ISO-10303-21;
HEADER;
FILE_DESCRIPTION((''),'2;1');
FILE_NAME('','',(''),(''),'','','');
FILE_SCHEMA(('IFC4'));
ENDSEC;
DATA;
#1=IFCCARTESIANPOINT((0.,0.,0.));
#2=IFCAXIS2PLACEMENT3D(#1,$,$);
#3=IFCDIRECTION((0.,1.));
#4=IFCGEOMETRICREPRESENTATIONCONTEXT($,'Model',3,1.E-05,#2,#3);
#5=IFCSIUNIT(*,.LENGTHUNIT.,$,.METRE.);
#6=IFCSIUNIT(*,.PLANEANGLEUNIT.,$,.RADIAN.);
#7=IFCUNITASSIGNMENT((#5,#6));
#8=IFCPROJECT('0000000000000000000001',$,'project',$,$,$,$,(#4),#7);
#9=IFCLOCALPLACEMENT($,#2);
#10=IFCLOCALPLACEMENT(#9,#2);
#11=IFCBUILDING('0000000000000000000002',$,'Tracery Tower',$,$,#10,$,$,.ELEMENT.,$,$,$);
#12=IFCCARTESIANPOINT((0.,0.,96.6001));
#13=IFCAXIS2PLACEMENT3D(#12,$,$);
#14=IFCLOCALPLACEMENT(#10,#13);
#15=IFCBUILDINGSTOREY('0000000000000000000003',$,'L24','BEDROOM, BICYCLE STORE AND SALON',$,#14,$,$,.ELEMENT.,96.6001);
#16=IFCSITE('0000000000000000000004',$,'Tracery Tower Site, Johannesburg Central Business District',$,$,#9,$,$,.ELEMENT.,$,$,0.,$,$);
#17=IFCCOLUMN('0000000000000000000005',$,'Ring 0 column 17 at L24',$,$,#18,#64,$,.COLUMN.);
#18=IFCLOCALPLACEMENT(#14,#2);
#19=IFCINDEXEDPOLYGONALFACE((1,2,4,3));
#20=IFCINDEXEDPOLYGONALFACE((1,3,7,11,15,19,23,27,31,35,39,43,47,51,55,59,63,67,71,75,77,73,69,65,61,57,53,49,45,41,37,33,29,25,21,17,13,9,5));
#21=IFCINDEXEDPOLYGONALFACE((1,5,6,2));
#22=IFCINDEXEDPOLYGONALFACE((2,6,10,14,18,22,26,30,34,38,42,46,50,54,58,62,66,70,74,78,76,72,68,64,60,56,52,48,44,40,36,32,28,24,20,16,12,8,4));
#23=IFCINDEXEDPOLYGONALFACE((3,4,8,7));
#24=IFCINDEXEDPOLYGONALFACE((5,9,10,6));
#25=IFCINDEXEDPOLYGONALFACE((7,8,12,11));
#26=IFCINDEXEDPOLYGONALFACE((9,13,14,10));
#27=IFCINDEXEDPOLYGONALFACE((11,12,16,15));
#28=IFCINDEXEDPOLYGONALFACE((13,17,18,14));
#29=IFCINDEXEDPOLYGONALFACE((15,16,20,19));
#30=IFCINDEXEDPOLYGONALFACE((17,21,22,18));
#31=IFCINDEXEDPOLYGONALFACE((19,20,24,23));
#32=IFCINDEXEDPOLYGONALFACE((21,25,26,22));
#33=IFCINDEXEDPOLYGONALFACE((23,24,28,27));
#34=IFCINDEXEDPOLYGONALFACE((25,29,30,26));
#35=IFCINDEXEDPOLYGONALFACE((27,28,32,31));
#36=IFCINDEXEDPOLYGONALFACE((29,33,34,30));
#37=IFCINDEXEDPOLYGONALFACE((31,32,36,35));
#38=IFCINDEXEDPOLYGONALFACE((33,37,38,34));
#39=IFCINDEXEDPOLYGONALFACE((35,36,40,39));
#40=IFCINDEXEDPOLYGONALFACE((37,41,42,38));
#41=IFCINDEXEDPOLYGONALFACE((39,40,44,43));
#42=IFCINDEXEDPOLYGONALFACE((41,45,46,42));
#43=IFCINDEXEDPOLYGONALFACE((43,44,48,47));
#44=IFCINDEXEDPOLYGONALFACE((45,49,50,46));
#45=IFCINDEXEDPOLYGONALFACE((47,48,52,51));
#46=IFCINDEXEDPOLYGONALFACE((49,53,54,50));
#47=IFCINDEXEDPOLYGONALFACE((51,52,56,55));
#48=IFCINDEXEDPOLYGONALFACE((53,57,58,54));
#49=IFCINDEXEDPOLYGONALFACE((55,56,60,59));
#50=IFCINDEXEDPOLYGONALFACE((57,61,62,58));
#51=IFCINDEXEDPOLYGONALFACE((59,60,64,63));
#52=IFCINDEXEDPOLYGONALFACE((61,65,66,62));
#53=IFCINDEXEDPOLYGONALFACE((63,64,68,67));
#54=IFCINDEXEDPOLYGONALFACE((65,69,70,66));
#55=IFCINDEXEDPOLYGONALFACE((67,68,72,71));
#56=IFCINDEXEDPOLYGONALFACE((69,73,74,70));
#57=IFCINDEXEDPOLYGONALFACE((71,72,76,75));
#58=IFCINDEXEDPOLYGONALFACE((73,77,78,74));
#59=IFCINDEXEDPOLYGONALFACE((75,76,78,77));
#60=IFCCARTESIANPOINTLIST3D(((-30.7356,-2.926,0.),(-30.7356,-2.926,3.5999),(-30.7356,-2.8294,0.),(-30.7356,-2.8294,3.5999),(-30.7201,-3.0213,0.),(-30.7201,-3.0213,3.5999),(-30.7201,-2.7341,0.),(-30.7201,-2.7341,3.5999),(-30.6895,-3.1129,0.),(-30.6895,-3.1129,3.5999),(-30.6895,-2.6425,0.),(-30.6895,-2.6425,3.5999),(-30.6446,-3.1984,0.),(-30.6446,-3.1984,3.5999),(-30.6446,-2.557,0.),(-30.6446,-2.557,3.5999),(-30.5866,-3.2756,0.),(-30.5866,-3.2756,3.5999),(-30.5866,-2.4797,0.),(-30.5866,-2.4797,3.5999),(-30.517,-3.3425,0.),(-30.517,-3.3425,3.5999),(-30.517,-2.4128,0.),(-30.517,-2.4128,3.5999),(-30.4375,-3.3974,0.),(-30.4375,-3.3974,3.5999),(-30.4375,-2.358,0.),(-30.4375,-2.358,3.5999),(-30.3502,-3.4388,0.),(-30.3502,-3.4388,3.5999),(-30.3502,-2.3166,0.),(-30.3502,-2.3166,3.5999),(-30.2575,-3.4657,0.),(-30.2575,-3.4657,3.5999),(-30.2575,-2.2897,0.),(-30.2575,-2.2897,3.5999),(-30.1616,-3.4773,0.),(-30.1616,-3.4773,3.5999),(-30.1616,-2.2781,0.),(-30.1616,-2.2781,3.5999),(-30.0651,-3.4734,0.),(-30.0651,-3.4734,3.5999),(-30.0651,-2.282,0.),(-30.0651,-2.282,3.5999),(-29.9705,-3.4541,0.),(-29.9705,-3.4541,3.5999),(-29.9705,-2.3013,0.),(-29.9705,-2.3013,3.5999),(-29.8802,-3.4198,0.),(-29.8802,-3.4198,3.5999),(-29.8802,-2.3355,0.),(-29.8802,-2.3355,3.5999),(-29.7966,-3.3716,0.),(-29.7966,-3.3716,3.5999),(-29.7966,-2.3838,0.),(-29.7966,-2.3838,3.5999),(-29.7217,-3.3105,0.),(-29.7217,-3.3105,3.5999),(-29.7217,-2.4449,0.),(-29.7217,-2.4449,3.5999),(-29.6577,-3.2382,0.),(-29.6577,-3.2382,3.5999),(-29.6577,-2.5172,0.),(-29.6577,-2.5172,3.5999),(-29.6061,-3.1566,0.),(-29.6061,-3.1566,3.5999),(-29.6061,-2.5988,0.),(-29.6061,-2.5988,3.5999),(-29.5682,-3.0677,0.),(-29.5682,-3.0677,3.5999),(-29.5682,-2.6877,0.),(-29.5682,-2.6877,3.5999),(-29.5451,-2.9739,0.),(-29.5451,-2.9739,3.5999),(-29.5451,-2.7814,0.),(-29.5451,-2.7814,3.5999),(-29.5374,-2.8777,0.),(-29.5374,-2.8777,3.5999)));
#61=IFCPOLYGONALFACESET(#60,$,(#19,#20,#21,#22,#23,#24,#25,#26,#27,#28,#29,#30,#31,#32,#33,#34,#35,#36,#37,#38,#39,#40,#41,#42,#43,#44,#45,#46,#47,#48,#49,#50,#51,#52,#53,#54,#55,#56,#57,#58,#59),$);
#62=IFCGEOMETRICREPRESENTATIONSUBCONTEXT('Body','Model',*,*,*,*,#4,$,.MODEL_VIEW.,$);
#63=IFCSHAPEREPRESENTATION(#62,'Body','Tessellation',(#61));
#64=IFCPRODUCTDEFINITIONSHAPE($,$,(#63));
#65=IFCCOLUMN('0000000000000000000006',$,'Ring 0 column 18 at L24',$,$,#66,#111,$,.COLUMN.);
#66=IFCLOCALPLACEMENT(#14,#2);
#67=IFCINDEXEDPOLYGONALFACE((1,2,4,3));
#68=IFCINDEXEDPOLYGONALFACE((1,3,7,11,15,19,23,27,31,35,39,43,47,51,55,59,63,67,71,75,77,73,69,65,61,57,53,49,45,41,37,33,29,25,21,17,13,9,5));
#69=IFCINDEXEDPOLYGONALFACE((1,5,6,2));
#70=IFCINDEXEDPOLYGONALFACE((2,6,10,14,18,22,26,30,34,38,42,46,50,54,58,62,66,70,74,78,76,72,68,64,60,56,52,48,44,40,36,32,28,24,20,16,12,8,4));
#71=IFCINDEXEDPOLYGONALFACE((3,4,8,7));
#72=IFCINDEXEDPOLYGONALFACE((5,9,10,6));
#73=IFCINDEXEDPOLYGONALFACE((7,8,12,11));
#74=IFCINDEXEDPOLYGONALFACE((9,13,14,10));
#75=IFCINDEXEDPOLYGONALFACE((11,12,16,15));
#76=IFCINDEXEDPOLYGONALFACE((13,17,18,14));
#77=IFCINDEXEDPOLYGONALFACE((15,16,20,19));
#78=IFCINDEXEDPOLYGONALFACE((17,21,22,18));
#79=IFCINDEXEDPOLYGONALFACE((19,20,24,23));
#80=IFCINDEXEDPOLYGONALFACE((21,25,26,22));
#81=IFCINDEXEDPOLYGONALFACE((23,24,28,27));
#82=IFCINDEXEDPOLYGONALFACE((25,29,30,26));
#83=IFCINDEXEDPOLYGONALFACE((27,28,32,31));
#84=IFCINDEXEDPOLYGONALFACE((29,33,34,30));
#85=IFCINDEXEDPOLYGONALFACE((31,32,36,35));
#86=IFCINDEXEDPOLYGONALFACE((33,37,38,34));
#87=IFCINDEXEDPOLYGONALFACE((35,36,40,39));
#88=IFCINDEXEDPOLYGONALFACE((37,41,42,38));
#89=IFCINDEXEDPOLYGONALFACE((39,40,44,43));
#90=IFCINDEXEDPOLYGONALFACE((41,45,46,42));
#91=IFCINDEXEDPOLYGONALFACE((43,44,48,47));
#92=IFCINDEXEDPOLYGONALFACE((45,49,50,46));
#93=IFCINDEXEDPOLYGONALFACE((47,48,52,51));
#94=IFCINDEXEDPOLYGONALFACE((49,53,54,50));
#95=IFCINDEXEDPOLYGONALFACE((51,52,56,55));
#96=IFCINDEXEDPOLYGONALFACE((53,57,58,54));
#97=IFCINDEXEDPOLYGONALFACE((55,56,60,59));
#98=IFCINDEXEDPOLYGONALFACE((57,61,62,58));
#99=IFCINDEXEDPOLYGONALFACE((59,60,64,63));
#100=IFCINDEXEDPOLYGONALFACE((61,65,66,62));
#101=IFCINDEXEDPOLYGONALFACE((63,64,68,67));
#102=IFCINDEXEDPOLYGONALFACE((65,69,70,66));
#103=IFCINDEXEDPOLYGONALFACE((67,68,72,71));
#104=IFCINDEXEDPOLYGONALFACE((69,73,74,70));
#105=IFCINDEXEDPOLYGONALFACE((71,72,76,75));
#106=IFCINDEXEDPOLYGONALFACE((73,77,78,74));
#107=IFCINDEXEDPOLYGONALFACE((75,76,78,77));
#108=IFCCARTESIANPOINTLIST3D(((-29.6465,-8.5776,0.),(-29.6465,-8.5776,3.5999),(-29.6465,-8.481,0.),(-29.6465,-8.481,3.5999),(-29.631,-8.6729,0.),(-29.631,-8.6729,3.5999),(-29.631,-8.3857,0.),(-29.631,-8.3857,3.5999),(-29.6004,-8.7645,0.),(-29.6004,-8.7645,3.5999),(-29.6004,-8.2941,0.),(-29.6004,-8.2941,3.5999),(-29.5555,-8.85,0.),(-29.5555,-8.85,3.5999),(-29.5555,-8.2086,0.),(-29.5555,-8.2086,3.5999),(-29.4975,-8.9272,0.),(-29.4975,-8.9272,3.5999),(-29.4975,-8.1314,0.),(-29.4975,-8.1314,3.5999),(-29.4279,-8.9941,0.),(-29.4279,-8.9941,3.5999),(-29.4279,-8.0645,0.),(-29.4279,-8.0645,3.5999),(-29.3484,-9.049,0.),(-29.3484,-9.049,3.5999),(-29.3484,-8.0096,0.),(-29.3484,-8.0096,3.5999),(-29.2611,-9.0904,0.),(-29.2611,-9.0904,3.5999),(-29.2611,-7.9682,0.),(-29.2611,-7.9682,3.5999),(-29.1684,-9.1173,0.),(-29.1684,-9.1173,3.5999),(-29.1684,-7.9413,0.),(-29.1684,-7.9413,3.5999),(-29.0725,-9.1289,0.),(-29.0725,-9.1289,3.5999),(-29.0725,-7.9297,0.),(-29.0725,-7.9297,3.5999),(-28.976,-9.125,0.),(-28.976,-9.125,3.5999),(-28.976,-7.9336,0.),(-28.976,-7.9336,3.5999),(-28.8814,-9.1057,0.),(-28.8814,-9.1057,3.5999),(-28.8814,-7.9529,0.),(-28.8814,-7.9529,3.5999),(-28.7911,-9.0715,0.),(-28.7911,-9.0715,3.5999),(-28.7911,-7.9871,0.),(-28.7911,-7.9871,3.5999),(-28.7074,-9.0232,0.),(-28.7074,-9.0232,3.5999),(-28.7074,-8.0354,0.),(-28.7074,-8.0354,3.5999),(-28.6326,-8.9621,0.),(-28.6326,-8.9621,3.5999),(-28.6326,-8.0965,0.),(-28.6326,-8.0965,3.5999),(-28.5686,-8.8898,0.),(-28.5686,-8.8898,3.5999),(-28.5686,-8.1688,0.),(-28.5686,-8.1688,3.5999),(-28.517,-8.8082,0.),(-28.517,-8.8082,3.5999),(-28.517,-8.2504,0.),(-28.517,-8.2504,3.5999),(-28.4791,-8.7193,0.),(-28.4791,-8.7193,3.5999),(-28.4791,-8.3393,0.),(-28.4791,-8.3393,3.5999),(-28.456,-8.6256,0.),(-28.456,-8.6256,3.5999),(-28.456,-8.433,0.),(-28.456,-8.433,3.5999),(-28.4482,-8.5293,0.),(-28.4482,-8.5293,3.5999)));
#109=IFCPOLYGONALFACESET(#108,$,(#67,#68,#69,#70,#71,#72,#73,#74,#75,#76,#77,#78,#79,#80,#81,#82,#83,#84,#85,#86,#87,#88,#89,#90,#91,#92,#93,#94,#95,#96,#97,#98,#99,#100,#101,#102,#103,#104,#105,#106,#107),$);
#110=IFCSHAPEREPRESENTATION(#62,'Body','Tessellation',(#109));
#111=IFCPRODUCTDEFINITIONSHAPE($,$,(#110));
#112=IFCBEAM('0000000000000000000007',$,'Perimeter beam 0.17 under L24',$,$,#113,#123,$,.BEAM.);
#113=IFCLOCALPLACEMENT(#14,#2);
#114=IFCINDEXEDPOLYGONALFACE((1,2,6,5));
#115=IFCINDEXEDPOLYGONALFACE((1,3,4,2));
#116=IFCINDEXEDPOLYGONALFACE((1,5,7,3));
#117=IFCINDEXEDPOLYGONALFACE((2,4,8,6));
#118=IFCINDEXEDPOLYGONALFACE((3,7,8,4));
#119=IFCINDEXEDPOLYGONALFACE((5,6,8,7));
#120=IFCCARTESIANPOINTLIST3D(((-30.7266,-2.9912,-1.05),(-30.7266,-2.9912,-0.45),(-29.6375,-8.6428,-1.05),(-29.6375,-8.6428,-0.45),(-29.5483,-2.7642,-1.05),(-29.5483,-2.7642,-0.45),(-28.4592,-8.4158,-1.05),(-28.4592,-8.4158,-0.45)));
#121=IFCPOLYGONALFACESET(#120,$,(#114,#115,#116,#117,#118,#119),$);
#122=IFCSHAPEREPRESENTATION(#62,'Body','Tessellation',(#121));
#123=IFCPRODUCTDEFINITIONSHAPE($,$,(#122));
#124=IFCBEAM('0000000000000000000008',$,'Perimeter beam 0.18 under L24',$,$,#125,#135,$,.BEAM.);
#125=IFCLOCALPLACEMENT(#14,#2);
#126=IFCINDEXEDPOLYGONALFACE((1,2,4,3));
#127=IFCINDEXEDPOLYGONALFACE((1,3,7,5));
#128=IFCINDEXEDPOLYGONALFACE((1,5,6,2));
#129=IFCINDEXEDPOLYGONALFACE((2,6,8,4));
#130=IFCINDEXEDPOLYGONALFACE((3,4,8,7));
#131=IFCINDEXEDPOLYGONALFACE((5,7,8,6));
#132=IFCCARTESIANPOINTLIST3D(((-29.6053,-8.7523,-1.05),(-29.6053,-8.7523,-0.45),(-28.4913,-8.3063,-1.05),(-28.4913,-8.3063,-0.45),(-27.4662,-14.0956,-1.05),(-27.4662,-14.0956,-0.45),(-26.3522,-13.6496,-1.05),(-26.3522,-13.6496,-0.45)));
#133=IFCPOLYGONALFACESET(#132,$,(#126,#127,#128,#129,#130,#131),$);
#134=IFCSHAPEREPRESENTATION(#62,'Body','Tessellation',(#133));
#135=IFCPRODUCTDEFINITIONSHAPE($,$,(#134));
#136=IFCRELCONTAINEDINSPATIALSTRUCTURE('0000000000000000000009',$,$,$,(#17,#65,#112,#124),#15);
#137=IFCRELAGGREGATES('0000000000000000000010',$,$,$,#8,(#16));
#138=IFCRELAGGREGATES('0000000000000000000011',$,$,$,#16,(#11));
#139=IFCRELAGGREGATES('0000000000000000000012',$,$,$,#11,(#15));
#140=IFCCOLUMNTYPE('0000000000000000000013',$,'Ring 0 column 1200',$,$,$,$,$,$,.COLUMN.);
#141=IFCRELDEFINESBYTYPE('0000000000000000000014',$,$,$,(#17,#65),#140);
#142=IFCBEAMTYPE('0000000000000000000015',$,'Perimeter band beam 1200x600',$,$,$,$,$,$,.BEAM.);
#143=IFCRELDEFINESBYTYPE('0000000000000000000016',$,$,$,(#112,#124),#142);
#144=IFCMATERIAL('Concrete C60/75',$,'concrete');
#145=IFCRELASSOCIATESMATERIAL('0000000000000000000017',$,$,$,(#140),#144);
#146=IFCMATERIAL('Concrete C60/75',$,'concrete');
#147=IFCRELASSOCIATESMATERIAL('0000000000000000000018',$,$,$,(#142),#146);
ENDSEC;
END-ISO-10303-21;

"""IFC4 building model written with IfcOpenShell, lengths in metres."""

from ifc_helpers import new_model, si_unit, direction, frame, origin, origin_2d, place, context, subcontext, project, spatial, rectangle, circle, extrude, material, material_profile, profile_set, type_object, element, save


model = new_model("IFC4")

# Units and contexts
model_context = context("Model", 3, precision=1e-05, world=origin(), true_north=direction((0.0, 1.0)))
body_context = subcontext(model_context, "Body", "Model", "MODEL_VIEW")
ifc_project = project(units=[si_unit("LENGTHUNIT", "METRE"), si_unit("PLANEANGLEUNIT", "RADIAN")], contexts=[model_context])

# Site, building, storey
site_placement = place(None, origin())
site = spatial("IfcSite", under=ifc_project, at=site_placement, Name="Tracery Tower Site, Johannesburg Central Business District", CompositionType="ELEMENT", RefElevation=0.0)
building_placement = place(site_placement, origin())
building = spatial("IfcBuilding", under=site, at=building_placement, Name="Tracery Tower", CompositionType="ELEMENT")
storey_placement = place(building_placement, frame((0.0, 0.0, 96.6001)))
storey = spatial("IfcBuildingStorey", under=building, at=storey_placement, Name="L24", Description="BEDROOM, BICYCLE STORE AND SALON", CompositionType="ELEMENT", Elevation=96.6001)

# Columns
ifc_material_1 = material(Name="Concrete C60/75", Category="concrete")
ifc_material_profile_1 = material_profile(ifc_material_1, circle(Radius=0.6001, at=origin_2d()), Name="RC D1200")
ifc_profile_set_1 = profile_set([ifc_material_profile_1], Name="Concrete C60/75")
column_type = type_object("IfcColumnType", Name="Ring 0 column 1200", PredefinedType="COLUMN", material=ifc_profile_set_1)
for number, where, z_axis, x_axis, name in (
    (1, (-30.1375, -2.8777, 0.0), (0.0, 0.0, 1.0), (1.0, 0.0, 0.0), "Ring 0 column 17 at L24"),
    (2, (-29.0483, -8.5293, 0.0), (0.0, 0.0, 1.0), (1.0, 0.0, 0.0), "Ring 0 column 18 at L24"),
):
    element("IfcColumn", number, at=place(storey_placement, frame(where, z_axis=z_axis, x_axis=x_axis)), inside=storey, type_object=column_type, Name=name, PredefinedType="COLUMN", context=body_context, shape_type="SweptSolid", body=[
        extrude(circle(Radius=0.6001, at=origin_2d()), origin(), (0.0, 0.0, 1.0), 3.5999),
    ])

# Beams
ifc_material_2 = material(Name="Concrete C60/75", Category="concrete")
ifc_material_profile_2 = material_profile(ifc_material_2, rectangle(XDim=1.2, YDim=0.6001, at=origin_2d()), Name="RC 1200x600")
ifc_profile_set_2 = profile_set([ifc_material_profile_2], Name="Concrete C60/75")
beam_type = type_object("IfcBeamType", Name="Perimeter band beam 1200x600", PredefinedType="BEAM", material=ifc_profile_set_2)
for number, where, z_axis, x_axis, name in (
    (3, (-30.1375, -2.8777, -0.75), (0.189227, -0.981933, 0.0), (0.981933, 0.189227, 0.0), "Perimeter beam 0.17 under L24"),
    (4, (-29.0483, -8.5293, -0.75), (0.371669, -0.928365, 0.0), (0.928365, 0.371669, 0.0), "Perimeter beam 0.18 under L24"),
):
    element("IfcBeam", number, at=place(storey_placement, frame(where, z_axis=z_axis, x_axis=x_axis)), inside=storey, type_object=beam_type, Name=name, PredefinedType="BEAM", context=body_context, shape_type="SweptSolid", body=[
        extrude(rectangle(XDim=1.2, YDim=0.6001, at=origin_2d()), origin(), (0.0, 0.0, 1.0), 5.7556),
    ])

save(model, "model.ifc")
